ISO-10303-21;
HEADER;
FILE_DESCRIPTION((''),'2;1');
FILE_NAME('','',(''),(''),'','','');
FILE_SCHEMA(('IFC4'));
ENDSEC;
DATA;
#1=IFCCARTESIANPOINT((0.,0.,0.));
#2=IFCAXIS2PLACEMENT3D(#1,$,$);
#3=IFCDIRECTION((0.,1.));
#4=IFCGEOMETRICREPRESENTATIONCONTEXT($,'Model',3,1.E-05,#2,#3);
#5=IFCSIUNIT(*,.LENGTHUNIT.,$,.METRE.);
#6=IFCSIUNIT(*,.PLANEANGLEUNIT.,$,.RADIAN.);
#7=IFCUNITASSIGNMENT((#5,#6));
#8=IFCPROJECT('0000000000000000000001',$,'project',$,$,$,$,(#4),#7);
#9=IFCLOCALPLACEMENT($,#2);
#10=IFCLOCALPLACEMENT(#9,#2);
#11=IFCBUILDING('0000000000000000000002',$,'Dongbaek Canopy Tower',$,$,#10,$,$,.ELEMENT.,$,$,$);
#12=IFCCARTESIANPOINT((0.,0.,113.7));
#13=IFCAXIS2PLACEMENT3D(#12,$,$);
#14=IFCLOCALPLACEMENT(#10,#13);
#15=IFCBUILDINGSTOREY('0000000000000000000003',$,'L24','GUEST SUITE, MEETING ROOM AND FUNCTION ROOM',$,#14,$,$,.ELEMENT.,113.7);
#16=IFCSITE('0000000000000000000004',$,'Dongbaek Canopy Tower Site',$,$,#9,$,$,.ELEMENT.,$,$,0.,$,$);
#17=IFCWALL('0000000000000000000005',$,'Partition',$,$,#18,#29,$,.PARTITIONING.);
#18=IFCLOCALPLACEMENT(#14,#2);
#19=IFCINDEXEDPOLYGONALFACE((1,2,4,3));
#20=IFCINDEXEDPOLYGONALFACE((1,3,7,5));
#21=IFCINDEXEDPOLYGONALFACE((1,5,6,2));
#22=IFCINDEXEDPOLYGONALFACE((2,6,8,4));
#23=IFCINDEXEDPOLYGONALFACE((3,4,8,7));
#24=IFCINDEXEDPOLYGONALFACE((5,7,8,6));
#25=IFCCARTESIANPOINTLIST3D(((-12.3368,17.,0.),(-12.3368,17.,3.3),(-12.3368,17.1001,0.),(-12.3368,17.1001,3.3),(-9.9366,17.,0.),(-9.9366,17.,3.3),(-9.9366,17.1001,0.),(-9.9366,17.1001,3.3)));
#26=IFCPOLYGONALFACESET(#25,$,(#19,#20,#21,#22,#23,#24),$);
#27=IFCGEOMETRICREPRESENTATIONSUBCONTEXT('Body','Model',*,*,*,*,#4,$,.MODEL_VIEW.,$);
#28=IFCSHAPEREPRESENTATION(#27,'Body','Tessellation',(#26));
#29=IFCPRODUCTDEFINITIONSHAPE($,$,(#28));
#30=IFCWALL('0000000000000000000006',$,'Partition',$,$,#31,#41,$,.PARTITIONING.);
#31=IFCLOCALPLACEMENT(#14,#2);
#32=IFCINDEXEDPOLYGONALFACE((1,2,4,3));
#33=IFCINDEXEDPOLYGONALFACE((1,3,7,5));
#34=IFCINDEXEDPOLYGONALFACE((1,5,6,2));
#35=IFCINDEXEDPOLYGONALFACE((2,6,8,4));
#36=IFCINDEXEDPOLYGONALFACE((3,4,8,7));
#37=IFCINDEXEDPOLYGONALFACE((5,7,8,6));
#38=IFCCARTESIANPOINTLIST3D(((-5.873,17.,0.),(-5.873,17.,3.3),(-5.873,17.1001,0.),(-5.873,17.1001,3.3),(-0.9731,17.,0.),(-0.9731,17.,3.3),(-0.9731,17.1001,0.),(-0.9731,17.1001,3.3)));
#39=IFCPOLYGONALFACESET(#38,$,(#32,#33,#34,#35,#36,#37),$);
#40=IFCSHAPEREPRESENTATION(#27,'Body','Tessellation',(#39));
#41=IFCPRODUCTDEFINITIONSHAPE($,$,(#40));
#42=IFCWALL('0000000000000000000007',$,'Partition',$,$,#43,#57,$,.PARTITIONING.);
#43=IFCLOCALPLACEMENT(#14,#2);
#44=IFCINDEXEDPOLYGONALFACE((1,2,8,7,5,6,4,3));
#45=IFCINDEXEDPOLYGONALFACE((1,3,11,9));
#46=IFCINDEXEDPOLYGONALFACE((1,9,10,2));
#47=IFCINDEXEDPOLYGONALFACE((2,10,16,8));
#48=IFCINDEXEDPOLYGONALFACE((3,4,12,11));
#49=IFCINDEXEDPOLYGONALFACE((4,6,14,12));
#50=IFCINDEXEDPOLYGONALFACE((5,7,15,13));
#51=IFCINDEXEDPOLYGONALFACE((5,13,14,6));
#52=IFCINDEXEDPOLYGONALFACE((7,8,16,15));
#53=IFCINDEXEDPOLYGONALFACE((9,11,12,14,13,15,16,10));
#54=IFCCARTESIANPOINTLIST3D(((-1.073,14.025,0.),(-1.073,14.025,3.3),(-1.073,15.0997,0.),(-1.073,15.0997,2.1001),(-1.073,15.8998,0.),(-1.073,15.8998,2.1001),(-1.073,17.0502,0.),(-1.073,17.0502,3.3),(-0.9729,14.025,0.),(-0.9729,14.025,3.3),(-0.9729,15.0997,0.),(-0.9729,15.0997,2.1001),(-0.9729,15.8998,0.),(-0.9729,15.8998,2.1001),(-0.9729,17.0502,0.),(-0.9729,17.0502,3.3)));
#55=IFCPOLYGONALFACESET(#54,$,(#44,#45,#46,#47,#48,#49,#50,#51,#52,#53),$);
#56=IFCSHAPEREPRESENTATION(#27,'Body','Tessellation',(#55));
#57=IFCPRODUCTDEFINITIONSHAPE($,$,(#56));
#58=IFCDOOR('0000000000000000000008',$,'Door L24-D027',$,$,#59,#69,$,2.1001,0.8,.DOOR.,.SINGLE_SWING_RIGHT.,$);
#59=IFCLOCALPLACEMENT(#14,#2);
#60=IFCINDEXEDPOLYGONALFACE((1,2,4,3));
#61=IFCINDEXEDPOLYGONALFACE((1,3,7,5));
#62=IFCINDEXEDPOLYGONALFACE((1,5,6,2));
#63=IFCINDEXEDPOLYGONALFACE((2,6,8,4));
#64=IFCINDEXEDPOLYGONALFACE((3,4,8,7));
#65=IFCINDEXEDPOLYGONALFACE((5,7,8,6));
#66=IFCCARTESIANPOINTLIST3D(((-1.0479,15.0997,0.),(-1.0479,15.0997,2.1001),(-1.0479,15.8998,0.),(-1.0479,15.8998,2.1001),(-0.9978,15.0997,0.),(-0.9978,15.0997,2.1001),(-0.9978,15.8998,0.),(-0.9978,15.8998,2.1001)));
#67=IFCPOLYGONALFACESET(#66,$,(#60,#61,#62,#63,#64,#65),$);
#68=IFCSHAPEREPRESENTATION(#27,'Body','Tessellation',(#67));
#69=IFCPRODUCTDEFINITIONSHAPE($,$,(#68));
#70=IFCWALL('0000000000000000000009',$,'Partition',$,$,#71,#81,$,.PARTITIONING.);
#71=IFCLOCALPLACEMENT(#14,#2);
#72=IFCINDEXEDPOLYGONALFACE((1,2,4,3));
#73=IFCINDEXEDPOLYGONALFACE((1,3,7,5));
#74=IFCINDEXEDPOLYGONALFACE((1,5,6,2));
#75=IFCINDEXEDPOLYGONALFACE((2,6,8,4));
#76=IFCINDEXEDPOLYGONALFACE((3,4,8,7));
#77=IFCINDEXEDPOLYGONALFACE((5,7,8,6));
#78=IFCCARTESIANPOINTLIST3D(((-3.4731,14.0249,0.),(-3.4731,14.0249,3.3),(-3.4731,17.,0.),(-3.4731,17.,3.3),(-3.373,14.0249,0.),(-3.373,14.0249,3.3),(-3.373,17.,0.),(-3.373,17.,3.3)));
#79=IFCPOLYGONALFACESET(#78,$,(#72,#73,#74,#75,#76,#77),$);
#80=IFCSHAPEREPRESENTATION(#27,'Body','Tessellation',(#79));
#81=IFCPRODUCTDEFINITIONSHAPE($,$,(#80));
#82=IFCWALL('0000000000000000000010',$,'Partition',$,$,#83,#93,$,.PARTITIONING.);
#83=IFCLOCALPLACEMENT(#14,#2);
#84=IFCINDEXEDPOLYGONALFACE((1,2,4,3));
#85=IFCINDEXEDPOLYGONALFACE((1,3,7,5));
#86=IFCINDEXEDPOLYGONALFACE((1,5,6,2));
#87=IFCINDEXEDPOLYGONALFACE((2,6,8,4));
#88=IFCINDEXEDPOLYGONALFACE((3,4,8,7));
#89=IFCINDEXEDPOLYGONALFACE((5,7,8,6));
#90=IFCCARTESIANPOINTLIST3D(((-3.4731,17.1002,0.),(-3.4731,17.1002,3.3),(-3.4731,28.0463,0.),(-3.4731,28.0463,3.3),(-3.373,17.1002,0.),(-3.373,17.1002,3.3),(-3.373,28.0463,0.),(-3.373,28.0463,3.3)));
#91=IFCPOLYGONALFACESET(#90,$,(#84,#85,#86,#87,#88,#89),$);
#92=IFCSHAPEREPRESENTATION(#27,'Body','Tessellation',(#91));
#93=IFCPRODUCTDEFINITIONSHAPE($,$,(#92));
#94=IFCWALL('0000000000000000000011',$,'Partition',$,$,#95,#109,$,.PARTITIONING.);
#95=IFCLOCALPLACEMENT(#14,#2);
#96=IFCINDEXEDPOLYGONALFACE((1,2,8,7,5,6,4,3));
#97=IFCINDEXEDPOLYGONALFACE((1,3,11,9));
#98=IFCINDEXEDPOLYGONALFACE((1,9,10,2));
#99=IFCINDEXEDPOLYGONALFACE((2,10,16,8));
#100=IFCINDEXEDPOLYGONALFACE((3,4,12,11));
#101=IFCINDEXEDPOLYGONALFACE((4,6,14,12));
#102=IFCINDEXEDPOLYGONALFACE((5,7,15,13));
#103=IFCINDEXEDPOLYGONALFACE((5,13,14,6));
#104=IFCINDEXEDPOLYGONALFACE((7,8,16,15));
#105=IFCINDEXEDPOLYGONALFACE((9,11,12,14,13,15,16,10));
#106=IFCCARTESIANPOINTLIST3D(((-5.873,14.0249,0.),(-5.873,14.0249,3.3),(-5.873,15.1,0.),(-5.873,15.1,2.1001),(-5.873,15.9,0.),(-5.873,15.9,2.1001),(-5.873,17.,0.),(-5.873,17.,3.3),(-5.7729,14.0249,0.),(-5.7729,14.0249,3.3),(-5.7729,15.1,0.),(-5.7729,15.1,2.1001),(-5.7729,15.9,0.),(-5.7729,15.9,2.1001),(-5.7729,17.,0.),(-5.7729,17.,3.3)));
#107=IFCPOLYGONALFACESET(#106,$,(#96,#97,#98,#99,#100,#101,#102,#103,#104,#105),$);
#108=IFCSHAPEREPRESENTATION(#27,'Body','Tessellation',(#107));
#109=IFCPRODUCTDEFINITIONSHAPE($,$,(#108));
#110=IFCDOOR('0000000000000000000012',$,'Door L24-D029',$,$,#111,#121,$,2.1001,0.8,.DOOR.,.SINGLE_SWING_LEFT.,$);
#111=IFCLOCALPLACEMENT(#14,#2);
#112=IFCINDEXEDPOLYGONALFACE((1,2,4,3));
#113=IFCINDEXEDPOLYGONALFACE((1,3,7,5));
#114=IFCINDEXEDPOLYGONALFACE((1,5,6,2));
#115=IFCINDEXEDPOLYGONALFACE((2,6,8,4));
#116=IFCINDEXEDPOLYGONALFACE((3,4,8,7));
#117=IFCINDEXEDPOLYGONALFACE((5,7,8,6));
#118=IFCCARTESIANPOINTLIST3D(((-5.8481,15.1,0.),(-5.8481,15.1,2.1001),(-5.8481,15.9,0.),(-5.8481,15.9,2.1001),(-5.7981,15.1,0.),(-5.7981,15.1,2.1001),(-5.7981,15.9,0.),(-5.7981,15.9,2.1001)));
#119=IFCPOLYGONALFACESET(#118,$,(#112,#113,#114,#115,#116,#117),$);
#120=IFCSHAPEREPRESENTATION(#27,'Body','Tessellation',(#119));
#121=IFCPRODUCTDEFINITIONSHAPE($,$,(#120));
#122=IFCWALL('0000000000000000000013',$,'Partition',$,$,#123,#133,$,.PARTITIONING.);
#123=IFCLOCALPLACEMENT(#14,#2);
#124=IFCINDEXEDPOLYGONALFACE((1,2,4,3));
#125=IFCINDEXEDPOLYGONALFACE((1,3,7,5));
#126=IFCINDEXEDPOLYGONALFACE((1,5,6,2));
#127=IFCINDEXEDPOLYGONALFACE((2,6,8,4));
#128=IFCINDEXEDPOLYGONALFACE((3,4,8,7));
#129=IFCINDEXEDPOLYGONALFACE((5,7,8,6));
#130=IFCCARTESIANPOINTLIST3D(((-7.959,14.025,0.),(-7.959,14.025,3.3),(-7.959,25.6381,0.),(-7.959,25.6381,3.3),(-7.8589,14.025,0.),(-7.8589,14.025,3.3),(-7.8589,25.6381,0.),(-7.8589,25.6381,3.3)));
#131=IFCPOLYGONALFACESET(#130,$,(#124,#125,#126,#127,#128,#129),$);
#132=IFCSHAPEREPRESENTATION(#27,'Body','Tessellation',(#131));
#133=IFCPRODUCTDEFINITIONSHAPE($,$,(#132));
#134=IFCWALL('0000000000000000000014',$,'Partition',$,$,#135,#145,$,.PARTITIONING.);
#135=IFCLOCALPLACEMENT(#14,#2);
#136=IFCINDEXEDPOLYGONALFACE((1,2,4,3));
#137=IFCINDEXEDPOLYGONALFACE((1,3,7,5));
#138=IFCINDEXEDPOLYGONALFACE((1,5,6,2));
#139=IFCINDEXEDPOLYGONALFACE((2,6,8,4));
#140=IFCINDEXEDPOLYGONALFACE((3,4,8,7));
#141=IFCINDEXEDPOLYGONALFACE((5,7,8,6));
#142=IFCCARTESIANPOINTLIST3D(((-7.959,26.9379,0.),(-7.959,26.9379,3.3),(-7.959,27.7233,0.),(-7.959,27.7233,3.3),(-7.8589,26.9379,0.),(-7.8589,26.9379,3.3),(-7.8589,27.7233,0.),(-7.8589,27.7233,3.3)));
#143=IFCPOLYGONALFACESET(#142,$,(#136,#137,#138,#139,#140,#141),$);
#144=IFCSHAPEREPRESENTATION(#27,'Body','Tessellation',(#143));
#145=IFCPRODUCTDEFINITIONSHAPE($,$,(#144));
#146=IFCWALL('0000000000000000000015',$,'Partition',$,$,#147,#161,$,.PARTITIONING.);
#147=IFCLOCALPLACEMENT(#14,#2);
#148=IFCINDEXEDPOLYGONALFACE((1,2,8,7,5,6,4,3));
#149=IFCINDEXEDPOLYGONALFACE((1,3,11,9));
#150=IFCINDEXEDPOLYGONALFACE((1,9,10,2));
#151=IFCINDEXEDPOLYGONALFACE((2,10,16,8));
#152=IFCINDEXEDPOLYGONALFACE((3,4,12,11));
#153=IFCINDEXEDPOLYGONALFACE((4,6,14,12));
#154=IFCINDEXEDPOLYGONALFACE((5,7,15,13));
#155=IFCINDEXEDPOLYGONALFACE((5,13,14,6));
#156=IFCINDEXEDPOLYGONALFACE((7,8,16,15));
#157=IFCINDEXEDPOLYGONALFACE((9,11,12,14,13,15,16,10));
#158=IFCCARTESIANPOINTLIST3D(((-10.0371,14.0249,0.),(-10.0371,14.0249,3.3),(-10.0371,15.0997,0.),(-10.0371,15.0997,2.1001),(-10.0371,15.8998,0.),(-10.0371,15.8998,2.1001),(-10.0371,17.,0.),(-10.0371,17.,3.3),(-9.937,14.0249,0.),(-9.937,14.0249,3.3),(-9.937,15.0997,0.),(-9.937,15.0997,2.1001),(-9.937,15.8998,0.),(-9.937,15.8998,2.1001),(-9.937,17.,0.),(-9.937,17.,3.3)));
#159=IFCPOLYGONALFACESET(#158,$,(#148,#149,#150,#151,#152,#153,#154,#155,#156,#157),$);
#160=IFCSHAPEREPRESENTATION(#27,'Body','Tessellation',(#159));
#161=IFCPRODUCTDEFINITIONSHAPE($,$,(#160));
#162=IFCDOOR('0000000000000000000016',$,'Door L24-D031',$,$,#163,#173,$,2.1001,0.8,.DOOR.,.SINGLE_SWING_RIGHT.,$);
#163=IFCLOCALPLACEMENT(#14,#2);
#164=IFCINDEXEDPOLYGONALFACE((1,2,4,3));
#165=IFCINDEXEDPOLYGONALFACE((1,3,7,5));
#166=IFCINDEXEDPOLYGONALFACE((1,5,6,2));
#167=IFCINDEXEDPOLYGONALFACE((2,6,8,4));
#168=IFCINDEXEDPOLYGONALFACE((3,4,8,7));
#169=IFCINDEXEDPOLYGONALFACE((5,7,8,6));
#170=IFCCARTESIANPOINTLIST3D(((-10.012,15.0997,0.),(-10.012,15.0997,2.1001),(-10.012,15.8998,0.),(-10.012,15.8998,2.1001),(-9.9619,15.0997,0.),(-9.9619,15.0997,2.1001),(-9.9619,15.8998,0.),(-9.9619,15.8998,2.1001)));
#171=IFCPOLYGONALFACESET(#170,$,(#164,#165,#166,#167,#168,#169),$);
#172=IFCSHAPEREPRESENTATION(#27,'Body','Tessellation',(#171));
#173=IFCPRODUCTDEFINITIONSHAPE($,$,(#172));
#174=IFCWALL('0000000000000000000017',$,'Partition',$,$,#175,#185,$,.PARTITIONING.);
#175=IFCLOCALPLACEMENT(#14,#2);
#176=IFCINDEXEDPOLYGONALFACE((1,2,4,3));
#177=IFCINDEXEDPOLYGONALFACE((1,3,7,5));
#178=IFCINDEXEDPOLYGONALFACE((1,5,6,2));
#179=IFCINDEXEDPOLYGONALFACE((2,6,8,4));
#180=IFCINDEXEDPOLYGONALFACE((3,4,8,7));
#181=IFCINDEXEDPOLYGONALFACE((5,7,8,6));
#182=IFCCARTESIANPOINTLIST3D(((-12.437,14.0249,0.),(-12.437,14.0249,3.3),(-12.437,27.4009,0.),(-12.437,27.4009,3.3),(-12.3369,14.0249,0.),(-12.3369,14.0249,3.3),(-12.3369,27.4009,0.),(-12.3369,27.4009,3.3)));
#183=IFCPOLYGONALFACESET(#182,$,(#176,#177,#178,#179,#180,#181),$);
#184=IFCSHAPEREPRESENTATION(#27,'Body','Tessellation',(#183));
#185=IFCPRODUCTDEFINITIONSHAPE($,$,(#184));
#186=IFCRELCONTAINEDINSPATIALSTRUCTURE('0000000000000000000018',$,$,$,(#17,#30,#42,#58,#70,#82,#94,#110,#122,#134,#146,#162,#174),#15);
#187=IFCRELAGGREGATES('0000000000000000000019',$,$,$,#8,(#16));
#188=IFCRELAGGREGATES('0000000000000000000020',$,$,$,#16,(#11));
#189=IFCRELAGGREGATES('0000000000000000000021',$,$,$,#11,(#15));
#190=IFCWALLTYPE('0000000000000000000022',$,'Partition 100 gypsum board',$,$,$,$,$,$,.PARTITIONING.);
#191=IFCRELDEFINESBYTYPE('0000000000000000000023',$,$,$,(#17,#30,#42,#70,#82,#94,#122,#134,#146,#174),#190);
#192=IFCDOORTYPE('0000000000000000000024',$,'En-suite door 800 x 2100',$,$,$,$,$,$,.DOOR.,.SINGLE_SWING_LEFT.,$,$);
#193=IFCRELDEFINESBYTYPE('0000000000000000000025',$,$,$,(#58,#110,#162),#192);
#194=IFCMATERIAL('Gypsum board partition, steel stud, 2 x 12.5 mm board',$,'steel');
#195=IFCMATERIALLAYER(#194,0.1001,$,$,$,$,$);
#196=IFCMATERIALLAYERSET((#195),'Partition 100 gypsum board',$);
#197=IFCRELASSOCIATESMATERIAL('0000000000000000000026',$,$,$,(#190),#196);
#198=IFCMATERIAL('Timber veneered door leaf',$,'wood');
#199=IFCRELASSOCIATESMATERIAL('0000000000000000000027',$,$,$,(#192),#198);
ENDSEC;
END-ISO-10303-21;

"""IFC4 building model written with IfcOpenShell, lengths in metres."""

from ifc_helpers import new_model, si_unit, direction, frame, frame_2d, origin, place, context, subcontext, project, spatial, rectangle, extrude, material, layer, layer_set, type_object, element, fill, save


model = new_model("IFC4")

# Units and contexts
model_context = context("Model", 3, precision=1e-05, world=origin(), true_north=direction((0.0, 1.0)))
body_context = subcontext(model_context, "Body", "Model", "MODEL_VIEW")
ifc_project = project(units=[si_unit("LENGTHUNIT", "METRE"), si_unit("PLANEANGLEUNIT", "RADIAN")], contexts=[model_context])

# Site, building, storey
site_placement = place(None, origin())
site = spatial("IfcSite", under=ifc_project, at=site_placement, Name="Dongbaek Canopy Tower Site", CompositionType="ELEMENT", RefElevation=0.0)
building_placement = place(site_placement, origin())
building = spatial("IfcBuilding", under=site, at=building_placement, Name="Dongbaek Canopy Tower", CompositionType="ELEMENT")
storey_placement = place(building_placement, frame((0.0, 0.0, 113.7)))
storey = spatial("IfcBuildingStorey", under=building, at=storey_placement, Name="L24", Description="GUEST SUITE, MEETING ROOM AND FUNCTION ROOM", CompositionType="ELEMENT", Elevation=113.7)

# Walls
ifc_material_1 = material(Name="Gypsum board partition, steel stud, 2 x 12.5 mm board", Category="steel")
ifc_layer_1 = layer(ifc_material_1, 0.1001)
ifc_layer_set_1 = layer_set([ifc_layer_1], Name="Partition 100 gypsum board")
wall_type_1 = type_object("IfcWallType", Name="Partition 100 gypsum board", PredefinedType="PARTITIONING", material=ifc_layer_set_1)
wall_1_placement = place(storey_placement, frame((-12.3369, 17.05, 0.0), z_axis=(0.0, 0.0, 1.0), x_axis=(1.0, 0.0, 0.0)))
element("IfcWall", 1, at=wall_1_placement, inside=storey, type_object=wall_type_1, Name="Partition", PredefinedType="PARTITIONING", context=body_context, shape_type="SweptSolid", body=[
    extrude(rectangle(XDim=2.4001, YDim=0.1001, at=frame_2d((1.2002, 0.0))), origin(), (0.0, 0.0, 1.0), 3.3),
])
wall_2_placement = place(storey_placement, frame((-5.873, 17.05, 0.0), z_axis=(0.0, 0.0, 1.0), x_axis=(1.0, 0.0, 0.0)))
element("IfcWall", 2, at=wall_2_placement, inside=storey, type_object=wall_type_1, Name="Partition", PredefinedType="PARTITIONING", context=body_context, shape_type="SweptSolid", body=[
    extrude(rectangle(XDim=4.8999, YDim=0.1001, at=frame_2d((2.45, 0.0))), origin(), (0.0, 0.0, 1.0), 3.3),
])

# Wall, opening, door
wall_3_placement = place(storey_placement, frame((-1.0229, 14.0249, 0.0), z_axis=(0.0, 0.0, 1.0), x_axis=(0.0, 1.0, 0.0)))
wall_3 = element("IfcWall", 3, at=wall_3_placement, inside=storey, type_object=wall_type_1, Name="Partition", PredefinedType="PARTITIONING", context=body_context, shape_type="SweptSolid", body=[
    extrude(rectangle(XDim=3.0251, YDim=0.1001, at=frame_2d((1.5127, 0.0))), origin(), (0.0, 0.0, 1.0), 3.3),
])
opening_1_placement = place(wall_3_placement, frame((1.075, 0.0, 0.0)))
opening_1 = element("IfcOpeningElement", 4, at=opening_1_placement, cuts=wall_3, PredefinedType="OPENING", context=body_context, shape_type="SweptSolid", body=[
    extrude(rectangle(XDim=0.8, YDim=2.1001, at=frame_2d((0.3999, 1.05))), frame((0.0, 0.0601, 0.0), z_axis=(0.0, -1.0, 0.0), x_axis=(1.0, 0.0, 0.0)), (0.0, 0.0, 1.0), 0.1201),
])
ifc_material_2 = material(Name="Timber veneered door leaf", Category="wood")
door_type_1 = type_object("IfcDoorType", Name="En-suite door 800 x 2100", OperationType="SINGLE_SWING_LEFT", PredefinedType="DOOR", material=ifc_material_2)
door_1_placement = place(opening_1_placement, origin())
door_1 = element("IfcDoor", 5, at=door_1_placement, inside=storey, type_object=door_type_1, Name="Door L24-D027", OperationType="SINGLE_SWING_RIGHT", OverallHeight=2.1001, OverallWidth=0.8, PredefinedType="DOOR", context=body_context, shape_type="SweptSolid", body=[
    extrude(rectangle(XDim=0.8, YDim=2.1001, at=frame_2d((0.3999, 1.05))), frame((0.0, 0.0249, 0.0), z_axis=(0.0, -1.0, 0.0), x_axis=(1.0, 0.0, 0.0)), (0.0, 0.0, 1.0), 0.05),
])
fill(opening_1, door_1)

# Walls
wall_4_placement = place(storey_placement, frame((-3.4231, 14.0249, 0.0), z_axis=(0.0, 0.0, 1.0), x_axis=(0.0, 1.0, 0.0)))
element("IfcWall", 6, at=wall_4_placement, inside=storey, type_object=wall_type_1, Name="Partition", PredefinedType="PARTITIONING", context=body_context, shape_type="SweptSolid", body=[
    extrude(rectangle(XDim=2.9751, YDim=0.1001, at=frame_2d((1.4875, 0.0))), origin(), (0.0, 0.0, 1.0), 3.3),
])
wall_5_placement = place(storey_placement, frame((-3.4231, 17.1001, 0.0), z_axis=(0.0, 0.0, 1.0), x_axis=(0.0, 1.0, 0.0)))
element("IfcWall", 7, at=wall_5_placement, inside=storey, type_object=wall_type_1, Name="Partition", PredefinedType="PARTITIONING", context=body_context, shape_type="SweptSolid", body=[
    extrude(rectangle(XDim=10.946, YDim=0.1001, at=frame_2d((5.4731, 0.0))), origin(), (0.0, 0.0, 1.0), 3.3),
])

# Wall, opening, door
wall_6_placement = place(storey_placement, frame((-5.823, 17.0, 0.0), z_axis=(0.0, 0.0, 1.0), x_axis=(0.0, -1.0, 0.0)))
wall_6 = element("IfcWall", 8, at=wall_6_placement, inside=storey, type_object=wall_type_1, Name="Partition", PredefinedType="PARTITIONING", context=body_context, shape_type="SweptSolid", body=[
    extrude(rectangle(XDim=2.9751, YDim=0.1001, at=frame_2d((1.4875, 0.0))), origin(), (0.0, 0.0, 1.0), 3.3),
])
opening_2_placement = place(wall_6_placement, frame((1.1001, 0.0, 0.0)))
opening_2 = element("IfcOpeningElement", 9, at=opening_2_placement, cuts=wall_6, PredefinedType="OPENING", context=body_context, shape_type="SweptSolid", body=[
    extrude(rectangle(XDim=0.8, YDim=2.1001, at=frame_2d((0.3999, 1.05))), frame((0.0, 0.0601, 0.0), z_axis=(0.0, -1.0, 0.0), x_axis=(1.0, 0.0, 0.0)), (0.0, 0.0, 1.0), 0.1201),
])
door_2_placement = place(opening_2_placement, origin())
door_2 = element("IfcDoor", 10, at=door_2_placement, inside=storey, type_object=door_type_1, Name="Door L24-D029", OperationType="SINGLE_SWING_LEFT", OverallHeight=2.1001, OverallWidth=0.8, PredefinedType="DOOR", context=body_context, shape_type="SweptSolid", body=[
    extrude(rectangle(XDim=0.8, YDim=2.1001, at=frame_2d((0.3999, 1.05))), frame((0.0, 0.0249, 0.0), z_axis=(0.0, -1.0, 0.0), x_axis=(1.0, 0.0, 0.0)), (0.0, 0.0, 1.0), 0.05),
])
fill(opening_2, door_2)

# Walls
wall_7_placement = place(storey_placement, frame((-7.9089, 14.0249, 0.0), z_axis=(0.0, 0.0, 1.0), x_axis=(0.0, 1.0, 0.0)))
element("IfcWall", 11, at=wall_7_placement, inside=storey, type_object=wall_type_1, Name="Partition", PredefinedType="PARTITIONING", context=body_context, shape_type="SweptSolid", body=[
    extrude(rectangle(XDim=11.613, YDim=0.1001, at=frame_2d((5.8066, 0.0))), origin(), (0.0, 0.0, 1.0), 3.3),
])
wall_8_placement = place(storey_placement, frame((-7.9089, 26.938, 0.0), z_axis=(0.0, 0.0, 1.0), x_axis=(0.0, 1.0, 0.0)))
element("IfcWall", 12, at=wall_8_placement, inside=storey, type_object=wall_type_1, Name="Partition", PredefinedType="PARTITIONING", context=body_context, shape_type="SweptSolid", body=[
    extrude(rectangle(XDim=0.7854, YDim=0.1001, at=frame_2d((0.3926, 0.0))), origin(), (0.0, 0.0, 1.0), 3.3),
])

# Wall, opening, door
wall_9_placement = place(storey_placement, frame((-9.9871, 14.0249, 0.0), z_axis=(0.0, 0.0, 1.0), x_axis=(0.0, 1.0, 0.0)))
wall_9 = element("IfcWall", 13, at=wall_9_placement, inside=storey, type_object=wall_type_1, Name="Partition", PredefinedType="PARTITIONING", context=body_context, shape_type="SweptSolid", body=[
    extrude(rectangle(XDim=2.9751, YDim=0.1001, at=frame_2d((1.4875, 0.0))), origin(), (0.0, 0.0, 1.0), 3.3),
])
opening_3_placement = place(wall_9_placement, frame((1.075, 0.0, 0.0)))
opening_3 = element("IfcOpeningElement", 14, at=opening_3_placement, cuts=wall_9, PredefinedType="OPENING", context=body_context, shape_type="SweptSolid", body=[
    extrude(rectangle(XDim=0.8, YDim=2.1001, at=frame_2d((0.3999, 1.05))), frame((0.0, 0.0601, 0.0), z_axis=(0.0, -1.0, 0.0), x_axis=(1.0, 0.0, 0.0)), (0.0, 0.0, 1.0), 0.1201),
])
door_3_placement = place(opening_3_placement, origin())
door_3 = element("IfcDoor", 15, at=door_3_placement, inside=storey, type_object=door_type_1, Name="Door L24-D031", OperationType="SINGLE_SWING_RIGHT", OverallHeight=2.1001, OverallWidth=0.8, PredefinedType="DOOR", context=body_context, shape_type="SweptSolid", body=[
    extrude(rectangle(XDim=0.8, YDim=2.1001, at=frame_2d((0.3999, 1.05))), frame((0.0, 0.0249, 0.0), z_axis=(0.0, -1.0, 0.0), x_axis=(1.0, 0.0, 0.0)), (0.0, 0.0, 1.0), 0.05),
])
fill(opening_3, door_3)

# Wall
wall_10_placement = place(storey_placement, frame((-12.387, 14.0249, 0.0), z_axis=(0.0, 0.0, 1.0), x_axis=(0.0, 1.0, 0.0)))
element("IfcWall", 16, at=wall_10_placement, inside=storey, type_object=wall_type_1, Name="Partition", PredefinedType="PARTITIONING", context=body_context, shape_type="SweptSolid", body=[
    extrude(rectangle(XDim=13.376, YDim=0.1001, at=frame_2d((6.688, 0.0))), origin(), (0.0, 0.0, 1.0), 3.3),
])

save(model, "model.ifc")
